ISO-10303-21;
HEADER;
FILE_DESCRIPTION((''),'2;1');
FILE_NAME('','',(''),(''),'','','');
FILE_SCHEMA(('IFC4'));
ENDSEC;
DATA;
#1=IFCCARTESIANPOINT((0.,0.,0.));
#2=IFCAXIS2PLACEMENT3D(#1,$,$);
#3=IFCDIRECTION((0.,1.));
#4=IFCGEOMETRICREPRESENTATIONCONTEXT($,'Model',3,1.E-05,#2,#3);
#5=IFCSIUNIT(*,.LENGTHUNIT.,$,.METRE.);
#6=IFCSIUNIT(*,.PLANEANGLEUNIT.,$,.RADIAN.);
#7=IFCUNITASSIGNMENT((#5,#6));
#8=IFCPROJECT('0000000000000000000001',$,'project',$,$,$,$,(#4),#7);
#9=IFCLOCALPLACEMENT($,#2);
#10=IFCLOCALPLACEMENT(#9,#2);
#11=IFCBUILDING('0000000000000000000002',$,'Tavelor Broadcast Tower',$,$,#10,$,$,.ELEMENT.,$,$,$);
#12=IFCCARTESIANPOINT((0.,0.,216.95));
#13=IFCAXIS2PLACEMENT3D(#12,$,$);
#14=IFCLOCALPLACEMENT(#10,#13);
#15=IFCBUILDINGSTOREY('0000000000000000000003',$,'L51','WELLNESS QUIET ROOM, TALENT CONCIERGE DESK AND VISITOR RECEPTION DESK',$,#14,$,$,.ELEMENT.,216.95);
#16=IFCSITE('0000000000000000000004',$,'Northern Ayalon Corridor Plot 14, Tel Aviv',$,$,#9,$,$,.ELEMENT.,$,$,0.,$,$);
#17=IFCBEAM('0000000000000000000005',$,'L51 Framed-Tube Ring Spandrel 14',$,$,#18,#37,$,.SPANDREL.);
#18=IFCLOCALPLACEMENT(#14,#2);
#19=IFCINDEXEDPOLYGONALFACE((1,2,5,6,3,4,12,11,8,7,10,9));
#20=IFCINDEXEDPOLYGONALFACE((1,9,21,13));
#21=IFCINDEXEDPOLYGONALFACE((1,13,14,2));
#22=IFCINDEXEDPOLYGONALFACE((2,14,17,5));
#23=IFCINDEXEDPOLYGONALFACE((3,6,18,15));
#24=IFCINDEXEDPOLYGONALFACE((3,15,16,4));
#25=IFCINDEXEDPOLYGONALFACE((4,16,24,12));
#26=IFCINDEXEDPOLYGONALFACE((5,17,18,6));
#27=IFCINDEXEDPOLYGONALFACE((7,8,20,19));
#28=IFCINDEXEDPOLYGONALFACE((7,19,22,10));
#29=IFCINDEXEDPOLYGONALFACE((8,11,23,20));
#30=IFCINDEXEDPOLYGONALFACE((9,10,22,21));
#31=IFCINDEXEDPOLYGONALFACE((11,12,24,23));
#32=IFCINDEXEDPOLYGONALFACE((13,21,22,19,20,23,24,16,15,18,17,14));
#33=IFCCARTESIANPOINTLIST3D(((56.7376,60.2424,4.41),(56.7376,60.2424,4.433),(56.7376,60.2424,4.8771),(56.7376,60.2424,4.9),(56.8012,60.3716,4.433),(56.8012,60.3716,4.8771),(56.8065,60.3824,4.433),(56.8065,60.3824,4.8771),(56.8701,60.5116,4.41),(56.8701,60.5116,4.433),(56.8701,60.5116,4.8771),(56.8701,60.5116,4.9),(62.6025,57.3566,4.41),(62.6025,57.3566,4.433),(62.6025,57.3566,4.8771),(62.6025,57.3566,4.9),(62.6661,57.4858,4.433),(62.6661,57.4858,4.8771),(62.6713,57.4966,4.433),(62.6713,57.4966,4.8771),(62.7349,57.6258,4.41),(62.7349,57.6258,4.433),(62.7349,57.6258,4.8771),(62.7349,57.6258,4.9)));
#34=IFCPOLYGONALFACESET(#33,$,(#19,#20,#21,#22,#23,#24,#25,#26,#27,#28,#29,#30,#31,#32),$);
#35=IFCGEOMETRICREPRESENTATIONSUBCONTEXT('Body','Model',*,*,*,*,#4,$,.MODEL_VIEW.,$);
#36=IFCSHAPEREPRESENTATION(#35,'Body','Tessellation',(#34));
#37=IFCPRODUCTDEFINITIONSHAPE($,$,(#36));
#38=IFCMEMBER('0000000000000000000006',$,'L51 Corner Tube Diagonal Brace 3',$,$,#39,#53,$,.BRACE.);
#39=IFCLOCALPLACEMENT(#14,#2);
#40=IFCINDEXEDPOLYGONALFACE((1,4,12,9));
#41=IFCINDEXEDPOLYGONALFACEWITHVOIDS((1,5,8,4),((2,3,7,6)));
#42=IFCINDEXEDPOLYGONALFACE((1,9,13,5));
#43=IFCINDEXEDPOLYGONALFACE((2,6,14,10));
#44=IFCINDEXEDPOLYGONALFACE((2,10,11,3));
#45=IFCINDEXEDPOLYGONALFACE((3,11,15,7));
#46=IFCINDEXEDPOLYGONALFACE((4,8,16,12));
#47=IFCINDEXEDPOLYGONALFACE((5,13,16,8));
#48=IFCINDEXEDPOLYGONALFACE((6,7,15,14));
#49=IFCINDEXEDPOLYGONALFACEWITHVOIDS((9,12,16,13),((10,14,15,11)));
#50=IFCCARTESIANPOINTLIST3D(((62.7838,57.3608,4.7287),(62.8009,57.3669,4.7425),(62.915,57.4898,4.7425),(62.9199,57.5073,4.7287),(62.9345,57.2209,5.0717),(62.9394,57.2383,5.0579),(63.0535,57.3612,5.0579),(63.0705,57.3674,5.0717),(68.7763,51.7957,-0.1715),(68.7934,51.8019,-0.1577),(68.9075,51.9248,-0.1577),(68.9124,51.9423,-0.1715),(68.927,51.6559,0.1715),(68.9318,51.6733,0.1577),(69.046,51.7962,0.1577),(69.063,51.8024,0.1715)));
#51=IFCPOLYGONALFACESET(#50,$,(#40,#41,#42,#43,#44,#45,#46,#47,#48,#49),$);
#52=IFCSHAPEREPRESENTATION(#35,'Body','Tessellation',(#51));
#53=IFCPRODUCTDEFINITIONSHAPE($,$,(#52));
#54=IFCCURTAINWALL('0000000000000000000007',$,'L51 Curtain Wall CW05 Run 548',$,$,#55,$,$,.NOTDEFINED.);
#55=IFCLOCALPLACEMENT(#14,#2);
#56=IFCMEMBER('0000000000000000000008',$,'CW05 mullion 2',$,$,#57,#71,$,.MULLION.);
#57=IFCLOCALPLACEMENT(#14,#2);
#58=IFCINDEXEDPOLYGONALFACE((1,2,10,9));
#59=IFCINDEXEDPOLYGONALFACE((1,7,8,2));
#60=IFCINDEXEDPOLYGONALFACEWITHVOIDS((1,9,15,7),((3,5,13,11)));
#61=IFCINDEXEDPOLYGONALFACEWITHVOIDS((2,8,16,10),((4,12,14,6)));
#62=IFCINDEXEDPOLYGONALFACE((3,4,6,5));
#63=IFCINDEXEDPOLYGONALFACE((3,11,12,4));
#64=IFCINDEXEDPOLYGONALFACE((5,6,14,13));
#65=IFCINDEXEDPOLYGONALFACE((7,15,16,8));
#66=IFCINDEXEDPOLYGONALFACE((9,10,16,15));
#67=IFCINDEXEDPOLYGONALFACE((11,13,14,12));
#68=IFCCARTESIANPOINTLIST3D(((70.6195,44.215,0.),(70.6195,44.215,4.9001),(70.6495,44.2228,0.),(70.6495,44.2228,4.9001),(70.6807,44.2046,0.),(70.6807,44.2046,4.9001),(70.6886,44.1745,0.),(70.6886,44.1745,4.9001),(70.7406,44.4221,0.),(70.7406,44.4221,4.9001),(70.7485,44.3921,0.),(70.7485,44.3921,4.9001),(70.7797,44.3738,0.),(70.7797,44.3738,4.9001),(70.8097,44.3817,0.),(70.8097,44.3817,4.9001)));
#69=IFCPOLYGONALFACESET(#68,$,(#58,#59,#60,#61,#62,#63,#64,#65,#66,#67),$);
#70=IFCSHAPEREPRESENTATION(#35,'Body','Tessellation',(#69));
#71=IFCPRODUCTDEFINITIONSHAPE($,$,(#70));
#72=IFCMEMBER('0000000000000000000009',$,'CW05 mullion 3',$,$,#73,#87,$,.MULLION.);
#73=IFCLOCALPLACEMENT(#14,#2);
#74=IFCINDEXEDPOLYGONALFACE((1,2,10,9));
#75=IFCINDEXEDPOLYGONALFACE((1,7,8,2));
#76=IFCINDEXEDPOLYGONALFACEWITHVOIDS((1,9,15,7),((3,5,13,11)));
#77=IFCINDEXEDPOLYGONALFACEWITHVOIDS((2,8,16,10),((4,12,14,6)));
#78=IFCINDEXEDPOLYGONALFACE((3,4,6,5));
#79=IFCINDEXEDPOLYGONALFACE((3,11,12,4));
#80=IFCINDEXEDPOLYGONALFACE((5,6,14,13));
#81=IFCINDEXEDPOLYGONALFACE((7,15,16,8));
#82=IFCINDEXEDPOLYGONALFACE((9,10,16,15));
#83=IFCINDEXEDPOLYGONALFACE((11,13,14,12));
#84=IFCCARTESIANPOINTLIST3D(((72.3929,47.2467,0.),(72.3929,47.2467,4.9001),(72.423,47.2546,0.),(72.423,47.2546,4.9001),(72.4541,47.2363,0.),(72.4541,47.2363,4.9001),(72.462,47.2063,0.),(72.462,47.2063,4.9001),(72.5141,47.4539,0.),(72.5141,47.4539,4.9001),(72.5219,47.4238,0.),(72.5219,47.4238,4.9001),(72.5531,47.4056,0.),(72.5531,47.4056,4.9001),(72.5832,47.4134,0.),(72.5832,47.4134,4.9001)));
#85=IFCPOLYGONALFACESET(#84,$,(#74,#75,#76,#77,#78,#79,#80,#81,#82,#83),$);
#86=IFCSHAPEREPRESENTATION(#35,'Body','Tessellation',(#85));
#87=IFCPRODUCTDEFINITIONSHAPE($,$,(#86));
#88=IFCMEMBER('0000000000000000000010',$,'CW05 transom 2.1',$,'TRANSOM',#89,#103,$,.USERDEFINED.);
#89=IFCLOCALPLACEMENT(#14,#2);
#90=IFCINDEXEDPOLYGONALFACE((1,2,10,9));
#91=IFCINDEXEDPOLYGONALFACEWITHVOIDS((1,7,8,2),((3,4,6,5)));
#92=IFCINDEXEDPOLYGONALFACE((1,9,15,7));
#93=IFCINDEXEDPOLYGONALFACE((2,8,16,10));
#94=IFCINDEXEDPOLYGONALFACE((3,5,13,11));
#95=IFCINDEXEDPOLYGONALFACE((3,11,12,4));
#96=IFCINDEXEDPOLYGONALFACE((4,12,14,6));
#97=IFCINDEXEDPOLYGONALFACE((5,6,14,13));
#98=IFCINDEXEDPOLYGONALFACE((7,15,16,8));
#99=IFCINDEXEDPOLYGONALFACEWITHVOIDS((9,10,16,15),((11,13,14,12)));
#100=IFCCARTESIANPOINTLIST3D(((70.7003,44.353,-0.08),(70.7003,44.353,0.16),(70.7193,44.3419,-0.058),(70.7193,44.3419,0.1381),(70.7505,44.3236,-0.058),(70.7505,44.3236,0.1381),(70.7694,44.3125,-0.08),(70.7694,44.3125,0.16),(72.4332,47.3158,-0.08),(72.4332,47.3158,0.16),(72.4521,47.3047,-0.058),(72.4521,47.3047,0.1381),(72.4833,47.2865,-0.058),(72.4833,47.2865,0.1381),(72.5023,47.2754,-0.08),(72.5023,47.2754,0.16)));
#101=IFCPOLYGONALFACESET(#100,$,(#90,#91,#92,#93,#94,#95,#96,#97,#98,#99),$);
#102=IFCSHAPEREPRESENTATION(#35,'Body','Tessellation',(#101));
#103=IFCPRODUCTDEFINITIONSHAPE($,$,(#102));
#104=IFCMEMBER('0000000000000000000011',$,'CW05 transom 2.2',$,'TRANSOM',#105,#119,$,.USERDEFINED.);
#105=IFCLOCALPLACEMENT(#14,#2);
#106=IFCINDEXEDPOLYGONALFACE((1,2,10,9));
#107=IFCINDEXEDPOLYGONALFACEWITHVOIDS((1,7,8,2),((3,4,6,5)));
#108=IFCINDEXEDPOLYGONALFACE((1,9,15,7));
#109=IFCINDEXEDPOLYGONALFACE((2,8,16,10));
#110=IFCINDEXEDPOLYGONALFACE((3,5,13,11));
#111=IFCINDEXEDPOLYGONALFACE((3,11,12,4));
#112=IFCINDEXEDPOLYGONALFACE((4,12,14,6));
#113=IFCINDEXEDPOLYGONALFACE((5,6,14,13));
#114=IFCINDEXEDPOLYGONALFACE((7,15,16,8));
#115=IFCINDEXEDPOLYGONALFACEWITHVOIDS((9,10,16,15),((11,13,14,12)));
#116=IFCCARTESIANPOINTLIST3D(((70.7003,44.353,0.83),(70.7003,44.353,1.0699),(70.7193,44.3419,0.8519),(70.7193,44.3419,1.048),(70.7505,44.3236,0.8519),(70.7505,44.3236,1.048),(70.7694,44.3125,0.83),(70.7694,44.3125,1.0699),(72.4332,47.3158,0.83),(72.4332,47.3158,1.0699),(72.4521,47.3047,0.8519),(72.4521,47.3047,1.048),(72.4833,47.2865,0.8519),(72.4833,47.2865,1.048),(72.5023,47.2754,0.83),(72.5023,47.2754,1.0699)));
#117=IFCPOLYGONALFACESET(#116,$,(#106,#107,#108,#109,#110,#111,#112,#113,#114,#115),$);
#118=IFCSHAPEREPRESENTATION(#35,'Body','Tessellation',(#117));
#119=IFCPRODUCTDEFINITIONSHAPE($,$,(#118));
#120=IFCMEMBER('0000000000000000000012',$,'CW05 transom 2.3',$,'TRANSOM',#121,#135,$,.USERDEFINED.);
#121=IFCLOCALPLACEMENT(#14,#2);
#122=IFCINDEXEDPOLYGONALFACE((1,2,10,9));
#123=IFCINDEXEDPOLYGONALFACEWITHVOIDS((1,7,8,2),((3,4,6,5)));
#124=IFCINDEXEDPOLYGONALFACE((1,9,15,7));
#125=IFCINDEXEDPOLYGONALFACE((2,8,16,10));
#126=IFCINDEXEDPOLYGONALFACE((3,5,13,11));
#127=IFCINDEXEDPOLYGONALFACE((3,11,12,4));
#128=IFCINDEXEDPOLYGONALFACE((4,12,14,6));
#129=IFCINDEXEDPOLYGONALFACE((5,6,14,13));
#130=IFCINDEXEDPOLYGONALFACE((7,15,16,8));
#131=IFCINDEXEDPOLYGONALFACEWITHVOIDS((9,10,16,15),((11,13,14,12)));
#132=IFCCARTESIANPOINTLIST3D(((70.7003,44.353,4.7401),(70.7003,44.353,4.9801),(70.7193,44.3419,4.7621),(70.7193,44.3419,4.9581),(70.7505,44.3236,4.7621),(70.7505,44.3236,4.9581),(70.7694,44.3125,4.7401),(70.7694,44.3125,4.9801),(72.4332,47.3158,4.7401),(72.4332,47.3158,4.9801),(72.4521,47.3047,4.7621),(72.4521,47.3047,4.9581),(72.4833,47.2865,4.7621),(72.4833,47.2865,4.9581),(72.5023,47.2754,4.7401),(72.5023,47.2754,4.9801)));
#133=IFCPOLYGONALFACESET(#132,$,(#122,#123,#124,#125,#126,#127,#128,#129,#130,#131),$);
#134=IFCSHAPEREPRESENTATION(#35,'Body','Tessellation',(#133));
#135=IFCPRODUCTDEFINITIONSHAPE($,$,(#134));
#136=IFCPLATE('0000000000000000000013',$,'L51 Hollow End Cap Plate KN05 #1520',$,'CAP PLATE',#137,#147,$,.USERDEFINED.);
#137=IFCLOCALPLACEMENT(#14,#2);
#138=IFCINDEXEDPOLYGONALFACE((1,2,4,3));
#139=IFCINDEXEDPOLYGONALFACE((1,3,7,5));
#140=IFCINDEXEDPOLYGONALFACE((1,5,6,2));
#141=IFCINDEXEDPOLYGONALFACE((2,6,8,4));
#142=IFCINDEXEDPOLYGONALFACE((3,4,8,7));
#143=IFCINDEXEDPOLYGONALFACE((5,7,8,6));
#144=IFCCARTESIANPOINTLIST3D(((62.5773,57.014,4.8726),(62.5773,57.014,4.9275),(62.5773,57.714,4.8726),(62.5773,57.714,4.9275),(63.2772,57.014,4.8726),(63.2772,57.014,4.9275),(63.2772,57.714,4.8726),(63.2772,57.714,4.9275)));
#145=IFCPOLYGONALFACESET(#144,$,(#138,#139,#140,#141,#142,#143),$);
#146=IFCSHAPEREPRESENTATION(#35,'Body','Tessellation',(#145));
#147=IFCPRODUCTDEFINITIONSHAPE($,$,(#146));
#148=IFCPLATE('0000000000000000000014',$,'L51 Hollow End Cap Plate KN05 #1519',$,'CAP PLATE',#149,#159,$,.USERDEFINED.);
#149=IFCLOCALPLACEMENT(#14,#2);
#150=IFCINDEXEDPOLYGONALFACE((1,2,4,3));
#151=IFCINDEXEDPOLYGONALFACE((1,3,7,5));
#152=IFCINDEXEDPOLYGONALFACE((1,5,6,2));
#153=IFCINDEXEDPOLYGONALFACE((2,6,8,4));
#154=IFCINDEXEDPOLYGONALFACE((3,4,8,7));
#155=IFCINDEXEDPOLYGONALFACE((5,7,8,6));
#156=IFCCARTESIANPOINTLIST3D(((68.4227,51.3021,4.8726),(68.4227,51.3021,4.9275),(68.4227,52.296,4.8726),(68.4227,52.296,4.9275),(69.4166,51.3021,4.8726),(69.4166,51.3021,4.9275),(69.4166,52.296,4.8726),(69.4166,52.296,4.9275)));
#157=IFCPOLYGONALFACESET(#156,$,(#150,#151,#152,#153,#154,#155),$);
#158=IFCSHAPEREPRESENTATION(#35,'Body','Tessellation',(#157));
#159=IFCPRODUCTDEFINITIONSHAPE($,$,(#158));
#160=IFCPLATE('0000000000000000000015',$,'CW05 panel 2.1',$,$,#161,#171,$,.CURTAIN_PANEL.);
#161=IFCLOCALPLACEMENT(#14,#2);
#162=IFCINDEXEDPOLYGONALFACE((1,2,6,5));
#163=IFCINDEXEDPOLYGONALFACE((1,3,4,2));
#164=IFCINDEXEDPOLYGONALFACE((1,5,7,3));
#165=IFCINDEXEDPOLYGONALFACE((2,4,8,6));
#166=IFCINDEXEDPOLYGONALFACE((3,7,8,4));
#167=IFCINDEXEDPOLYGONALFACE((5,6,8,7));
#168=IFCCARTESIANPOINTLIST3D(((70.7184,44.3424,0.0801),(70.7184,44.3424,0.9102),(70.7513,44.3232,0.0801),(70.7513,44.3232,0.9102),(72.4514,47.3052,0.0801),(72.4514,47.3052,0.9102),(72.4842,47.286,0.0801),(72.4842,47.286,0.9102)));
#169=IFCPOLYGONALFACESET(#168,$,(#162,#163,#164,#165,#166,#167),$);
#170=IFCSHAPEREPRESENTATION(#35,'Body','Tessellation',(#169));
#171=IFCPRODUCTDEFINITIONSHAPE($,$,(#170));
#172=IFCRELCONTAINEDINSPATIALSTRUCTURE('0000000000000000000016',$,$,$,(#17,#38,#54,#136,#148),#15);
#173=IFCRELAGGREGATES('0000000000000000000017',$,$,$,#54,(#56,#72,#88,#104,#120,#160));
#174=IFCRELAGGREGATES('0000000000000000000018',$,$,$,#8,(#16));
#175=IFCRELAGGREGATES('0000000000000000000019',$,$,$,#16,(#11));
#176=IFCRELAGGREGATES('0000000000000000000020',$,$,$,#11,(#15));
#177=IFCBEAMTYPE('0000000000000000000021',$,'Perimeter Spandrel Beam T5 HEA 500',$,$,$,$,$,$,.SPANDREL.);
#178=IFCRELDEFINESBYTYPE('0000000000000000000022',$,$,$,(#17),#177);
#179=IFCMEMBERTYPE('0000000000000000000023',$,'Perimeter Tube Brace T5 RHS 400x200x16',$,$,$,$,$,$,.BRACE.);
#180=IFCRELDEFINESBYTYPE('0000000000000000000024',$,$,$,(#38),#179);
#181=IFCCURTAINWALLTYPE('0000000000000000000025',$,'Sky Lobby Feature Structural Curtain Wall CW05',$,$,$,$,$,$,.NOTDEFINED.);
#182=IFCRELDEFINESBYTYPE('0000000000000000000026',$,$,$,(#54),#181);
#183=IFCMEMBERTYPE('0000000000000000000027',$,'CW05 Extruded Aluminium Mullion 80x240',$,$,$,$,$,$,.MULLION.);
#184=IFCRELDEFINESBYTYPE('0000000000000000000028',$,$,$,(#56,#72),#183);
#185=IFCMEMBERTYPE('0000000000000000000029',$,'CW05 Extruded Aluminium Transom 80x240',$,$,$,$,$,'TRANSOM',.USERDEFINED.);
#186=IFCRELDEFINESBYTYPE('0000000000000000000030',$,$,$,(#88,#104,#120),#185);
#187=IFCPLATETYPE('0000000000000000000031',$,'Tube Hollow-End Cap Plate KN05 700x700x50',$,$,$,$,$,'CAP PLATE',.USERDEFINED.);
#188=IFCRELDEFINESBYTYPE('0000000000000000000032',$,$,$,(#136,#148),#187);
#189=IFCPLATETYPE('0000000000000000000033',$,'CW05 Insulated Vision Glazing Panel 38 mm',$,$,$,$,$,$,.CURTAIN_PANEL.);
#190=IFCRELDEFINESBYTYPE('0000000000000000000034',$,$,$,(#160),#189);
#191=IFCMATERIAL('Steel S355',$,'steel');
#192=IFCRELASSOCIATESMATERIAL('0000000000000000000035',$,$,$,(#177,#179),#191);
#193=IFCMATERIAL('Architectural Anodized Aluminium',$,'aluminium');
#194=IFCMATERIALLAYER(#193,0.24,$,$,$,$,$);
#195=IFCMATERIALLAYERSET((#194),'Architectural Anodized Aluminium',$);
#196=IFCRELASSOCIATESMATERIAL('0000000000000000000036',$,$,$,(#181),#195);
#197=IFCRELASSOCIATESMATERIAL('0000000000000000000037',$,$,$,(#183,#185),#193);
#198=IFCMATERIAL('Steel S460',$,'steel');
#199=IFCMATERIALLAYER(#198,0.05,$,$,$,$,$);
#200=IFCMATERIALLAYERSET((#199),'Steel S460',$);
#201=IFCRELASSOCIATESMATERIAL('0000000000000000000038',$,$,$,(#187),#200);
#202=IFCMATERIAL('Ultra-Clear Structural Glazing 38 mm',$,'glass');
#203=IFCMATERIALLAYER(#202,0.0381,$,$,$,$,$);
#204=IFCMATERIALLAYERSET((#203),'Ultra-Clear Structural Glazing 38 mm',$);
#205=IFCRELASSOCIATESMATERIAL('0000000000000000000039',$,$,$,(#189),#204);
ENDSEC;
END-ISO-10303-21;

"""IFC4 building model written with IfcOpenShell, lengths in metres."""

from ifc_helpers import new_model, si_unit, direction, frame, origin, origin_2d, place, context, subcontext, project, spatial, rectangle, hollow_rectangle, i_section, extrude, source, transform, mapped, material, layer, layer_set, material_profile, profile_set, type_object, type_shapes, element, aggregate, save


model = new_model("IFC4")

# Units and contexts
model_context = context("Model", 3, precision=1e-05, world=origin(), true_north=direction((0.0, 1.0)))
body_context = subcontext(model_context, "Body", "Model", "MODEL_VIEW")
ifc_project = project(units=[si_unit("LENGTHUNIT", "METRE"), si_unit("PLANEANGLEUNIT", "RADIAN")], contexts=[model_context])

# Site, building, storey
site_placement = place(None, origin())
site = spatial("IfcSite", under=ifc_project, at=site_placement, Name="Northern Ayalon Corridor Plot 14, Tel Aviv", CompositionType="ELEMENT", RefElevation=0.0)
building_placement = place(site_placement, origin())
building = spatial("IfcBuilding", under=site, at=building_placement, Name="Tavelor Broadcast Tower", CompositionType="ELEMENT")
storey_placement = place(building_placement, frame((0.0, 0.0, 216.95)))
storey = spatial("IfcBuildingStorey", under=building, at=storey_placement, Name="L51", Description="WELLNESS QUIET ROOM, TALENT CONCIERGE DESK AND VISITOR RECEPTION DESK", CompositionType="ELEMENT", Elevation=216.95)

# Shared definitions
ifc_material_1 = material(Name="Steel S460", Category="steel")

# Beam
ifc_material_2 = material(Name="Steel S355", Category="steel")
ifc_material_profile_1 = material_profile(ifc_material_2, i_section(OverallWidth=0.3, OverallDepth=0.49, WebThickness=0.012, FlangeThickness=0.0229, at=origin_2d()), Name="HEA 500")
ifc_profile_set_1 = profile_set([ifc_material_profile_1], Name="Steel S355")
beam_type_1 = type_object("IfcBeamType", Name="Perimeter Spandrel Beam T5 HEA 500", PredefinedType="SPANDREL", material=ifc_profile_set_1)
beam_1_placement = place(storey_placement, frame((62.6687, 57.4912, 4.655), z_axis=(-0.897263, 0.441497, 0.0), x_axis=(-0.441497, -0.897263, 0.0)))
element("IfcBeam", 1, at=beam_1_placement, inside=storey, type_object=beam_type_1, Name="L51 Framed-Tube Ring Spandrel 14", PredefinedType="SPANDREL", context=body_context, shape_type="SweptSolid", body=[
    extrude(i_section(OverallWidth=0.3, OverallDepth=0.49, WebThickness=0.012, FlangeThickness=0.0229, at=origin_2d()), origin(), (0.0, 0.0, 1.0), 6.5364),
])

# Member
ifc_material_profile_2 = material_profile(ifc_material_2, hollow_rectangle(XDim=0.2, YDim=0.3999, WallThickness=0.0161, at=origin_2d()), Name="RHS 400x200x16")
ifc_profile_set_2 = profile_set([ifc_material_profile_2], Name="Steel S355")
member_type_1 = type_object("IfcMemberType", Name="Perimeter Tube Brace T5 RHS 400x200x16", PredefinedType="BRACE", material=ifc_profile_set_2)
member_1_placement = place(storey_placement, frame((68.9197, 51.7991, 0.0), z_axis=(-0.62856, 0.58372, 0.513988), x_axis=(-0.680487, -0.732761, 0.0)))
element("IfcMember", 2, at=member_1_placement, inside=storey, type_object=member_type_1, Name="L51 Corner Tube Diagonal Brace 3", PredefinedType="BRACE", context=body_context, shape_type="SweptSolid", body=[
    extrude(hollow_rectangle(XDim=0.2, YDim=0.3999, WallThickness=0.0161, at=origin_2d()), origin(), (0.0, 0.0, 1.0), 9.5337),
])

# Curtain wall, members
ifc_material_3 = material(Name="Architectural Anodized Aluminium", Category="aluminium")
ifc_layer_1 = layer(ifc_material_3, 0.24)
ifc_layer_set_1 = layer_set([ifc_layer_1], Name="Architectural Anodized Aluminium")
curtain_wall_type = type_object("IfcCurtainWallType", Name="Sky Lobby Feature Structural Curtain Wall CW05", PredefinedType="NOTDEFINED", material=ifc_layer_set_1)
curtain_wall_placement = place(storey_placement, origin())
curtain_wall = element("IfcCurtainWall", 3, at=curtain_wall_placement, inside=storey, type_object=curtain_wall_type, Name="L51 Curtain Wall CW05 Run 548", PredefinedType="NOTDEFINED")
ifc_material_profile_3 = material_profile(ifc_material_3, hollow_rectangle(XDim=0.0801, YDim=0.24, WallThickness=0.022, at=origin_2d()), Name="RHS 80x240x22")
ifc_profile_set_3 = profile_set([ifc_material_profile_3], Name="Architectural Anodized Aluminium")
member_type_2 = type_object("IfcMemberType", Name="CW05 Extruded Aluminium Mullion 80x240", PredefinedType="MULLION", material=ifc_profile_set_3)
shared_shape_1 = source(origin(), body_context, "Body", "SweptSolid", [
    extrude(hollow_rectangle(XDim=0.0801, YDim=0.24, WallThickness=0.022, at=origin_2d()), origin(), (0.0, 0.0, 1.0), 4.9001),
])
type_shapes(member_type_2, [shared_shape_1])
member_2_placement = place(storey_placement, frame((70.7146, 44.2983, 0.0), z_axis=(0.0, 0.0, 1.0), x_axis=(-0.863185, 0.504888, 0.0)))
member_2 = element("IfcMember", 4, at=member_2_placement, type_object=member_type_2, Name="CW05 mullion 2", PredefinedType="MULLION", context=body_context, shape_type="MappedRepresentation", body=[
    mapped(shared_shape_1, transform((0.0, 0.0, 0.0), scale=1.0)),
])
member_3_placement = place(storey_placement, frame((72.488, 47.3301, 0.0), z_axis=(0.0, 0.0, 1.0), x_axis=(-0.863185, 0.504888, 0.0)))
member_3 = element("IfcMember", 5, at=member_3_placement, type_object=member_type_2, Name="CW05 mullion 3", PredefinedType="MULLION", context=body_context, shape_type="MappedRepresentation", body=[
    mapped(shared_shape_1, transform((0.0, 0.0, 0.0), scale=1.0)),
])
ifc_material_profile_4 = material_profile(ifc_material_3, hollow_rectangle(XDim=0.0801, YDim=0.24, WallThickness=0.022, at=origin_2d()), Name="RHS 80x240x22")
ifc_profile_set_4 = profile_set([ifc_material_profile_4], Name="Architectural Anodized Aluminium")
member_type_3 = type_object("IfcMemberType", Name="CW05 Extruded Aluminium Transom 80x240", ElementType="TRANSOM", PredefinedType="USERDEFINED", material=ifc_profile_set_4)
shared_shape_2 = source(origin(), body_context, "Body", "SweptSolid", [
    extrude(hollow_rectangle(XDim=0.0801, YDim=0.24, WallThickness=0.022, at=origin_2d()), origin(), (0.0, 0.0, 1.0), 3.4324),
])
type_shapes(member_type_3, [shared_shape_2])
member_4_placement = place(storey_placement, frame((70.7349, 44.3328, 0.04), z_axis=(0.504861, 0.8632, 0.0), x_axis=(-0.8632, 0.504861, 0.0)))
member_4 = element("IfcMember", 6, at=member_4_placement, type_object=member_type_3, Name="CW05 transom 2.1", ObjectType="TRANSOM", PredefinedType="USERDEFINED", context=body_context, shape_type="MappedRepresentation", body=[
    mapped(shared_shape_2, transform((0.0, 0.0, 0.0), scale=1.0)),
])
member_5_placement = place(storey_placement, frame((70.7349, 44.3328, 0.95), z_axis=(0.504861, 0.8632, 0.0), x_axis=(-0.8632, 0.504861, 0.0)))
member_5 = element("IfcMember", 7, at=member_5_placement, type_object=member_type_3, Name="CW05 transom 2.2", ObjectType="TRANSOM", PredefinedType="USERDEFINED", context=body_context, shape_type="MappedRepresentation", body=[
    mapped(shared_shape_2, transform((0.0, 0.0, 0.0), scale=1.0)),
])
member_6_placement = place(storey_placement, frame((70.7349, 44.3328, 4.8601), z_axis=(0.504861, 0.8632, 0.0), x_axis=(-0.8632, 0.504861, 0.0)))
member_6 = element("IfcMember", 8, at=member_6_placement, type_object=member_type_3, Name="CW05 transom 2.3", ObjectType="TRANSOM", PredefinedType="USERDEFINED", context=body_context, shape_type="MappedRepresentation", body=[
    mapped(shared_shape_2, transform((0.0, 0.0, 0.0), scale=1.0)),
])

# Plates
ifc_layer_2 = layer(ifc_material_1, 0.05)
ifc_layer_set_2 = layer_set([ifc_layer_2], Name="Steel S460")
plate_type_1 = type_object("IfcPlateType", Name="Tube Hollow-End Cap Plate KN05 700x700x50", ElementType="CAP PLATE", PredefinedType="USERDEFINED", material=ifc_layer_set_2)
shared_shape_3 = source(origin(), body_context, "Body", "SweptSolid", [
    extrude(rectangle(XDim=0.7, YDim=0.7, at=origin_2d()), origin(), (0.0, 0.0, 1.0), 0.0549),
])
plate_1_placement = place(storey_placement, frame((62.9272, 57.364, 4.8726), z_axis=(0.0, 0.0, 1.0), x_axis=(1.0, 0.0, 0.0)))
element("IfcPlate", 9, at=plate_1_placement, inside=storey, type_object=plate_type_1, Name="L51 Hollow End Cap Plate KN05 #1520", ObjectType="CAP PLATE", PredefinedType="USERDEFINED", context=body_context, shape_type="MappedRepresentation", body=[
    mapped(shared_shape_3, transform((0.0, 0.0, 0.0), scale=1.0)),
])
shared_shape_4 = source(origin(), body_context, "Body", "SweptSolid", [
    extrude(rectangle(XDim=0.9939, YDim=0.9939, at=origin_2d()), origin(), (0.0, 0.0, 1.0), 0.0549),
])
type_shapes(plate_type_1, [shared_shape_3, shared_shape_4])
plate_2_placement = place(storey_placement, frame((68.9197, 51.7991, 4.8726), z_axis=(0.0, 0.0, 1.0), x_axis=(1.0, 0.0, 0.0)))
element("IfcPlate", 10, at=plate_2_placement, inside=storey, type_object=plate_type_1, Name="L51 Hollow End Cap Plate KN05 #1519", ObjectType="CAP PLATE", PredefinedType="USERDEFINED", context=body_context, shape_type="MappedRepresentation", body=[
    mapped(shared_shape_4, transform((0.0, 0.0, 0.0), scale=1.0)),
])

# Plate
ifc_material_4 = material(Name="Ultra-Clear Structural Glazing 38 mm", Category="glass")
ifc_layer_3 = layer(ifc_material_4, 0.0381)
ifc_layer_set_3 = layer_set([ifc_layer_3], Name="Ultra-Clear Structural Glazing 38 mm")
plate_type_2 = type_object("IfcPlateType", Name="CW05 Insulated Vision Glazing Panel 38 mm", PredefinedType="CURTAIN_PANEL", material=ifc_layer_set_3)
shared_shape_5 = source(origin(), body_context, "Body", "SweptSolid", [
    extrude(rectangle(XDim=3.4324, YDim=0.0381, at=origin_2d()), origin(), (0.0, 0.0, 1.0), 0.8301),
])
plate_3_placement = place(storey_placement, frame((71.6013, 45.8142, 0.0801), z_axis=(0.0, 0.0, 1.0), x_axis=(0.504888, 0.863185, 0.0)))
plate_3 = element("IfcPlate", 11, at=plate_3_placement, type_object=plate_type_2, Name="CW05 panel 2.1", PredefinedType="CURTAIN_PANEL", context=body_context, shape_type="MappedRepresentation", body=[
    mapped(shared_shape_5, transform((0.0, 0.0, 0.0), scale=1.0)),
])
aggregate(curtain_wall, [member_2, member_3, member_4, member_5, member_6, plate_3])

save(model, "model.ifc")
